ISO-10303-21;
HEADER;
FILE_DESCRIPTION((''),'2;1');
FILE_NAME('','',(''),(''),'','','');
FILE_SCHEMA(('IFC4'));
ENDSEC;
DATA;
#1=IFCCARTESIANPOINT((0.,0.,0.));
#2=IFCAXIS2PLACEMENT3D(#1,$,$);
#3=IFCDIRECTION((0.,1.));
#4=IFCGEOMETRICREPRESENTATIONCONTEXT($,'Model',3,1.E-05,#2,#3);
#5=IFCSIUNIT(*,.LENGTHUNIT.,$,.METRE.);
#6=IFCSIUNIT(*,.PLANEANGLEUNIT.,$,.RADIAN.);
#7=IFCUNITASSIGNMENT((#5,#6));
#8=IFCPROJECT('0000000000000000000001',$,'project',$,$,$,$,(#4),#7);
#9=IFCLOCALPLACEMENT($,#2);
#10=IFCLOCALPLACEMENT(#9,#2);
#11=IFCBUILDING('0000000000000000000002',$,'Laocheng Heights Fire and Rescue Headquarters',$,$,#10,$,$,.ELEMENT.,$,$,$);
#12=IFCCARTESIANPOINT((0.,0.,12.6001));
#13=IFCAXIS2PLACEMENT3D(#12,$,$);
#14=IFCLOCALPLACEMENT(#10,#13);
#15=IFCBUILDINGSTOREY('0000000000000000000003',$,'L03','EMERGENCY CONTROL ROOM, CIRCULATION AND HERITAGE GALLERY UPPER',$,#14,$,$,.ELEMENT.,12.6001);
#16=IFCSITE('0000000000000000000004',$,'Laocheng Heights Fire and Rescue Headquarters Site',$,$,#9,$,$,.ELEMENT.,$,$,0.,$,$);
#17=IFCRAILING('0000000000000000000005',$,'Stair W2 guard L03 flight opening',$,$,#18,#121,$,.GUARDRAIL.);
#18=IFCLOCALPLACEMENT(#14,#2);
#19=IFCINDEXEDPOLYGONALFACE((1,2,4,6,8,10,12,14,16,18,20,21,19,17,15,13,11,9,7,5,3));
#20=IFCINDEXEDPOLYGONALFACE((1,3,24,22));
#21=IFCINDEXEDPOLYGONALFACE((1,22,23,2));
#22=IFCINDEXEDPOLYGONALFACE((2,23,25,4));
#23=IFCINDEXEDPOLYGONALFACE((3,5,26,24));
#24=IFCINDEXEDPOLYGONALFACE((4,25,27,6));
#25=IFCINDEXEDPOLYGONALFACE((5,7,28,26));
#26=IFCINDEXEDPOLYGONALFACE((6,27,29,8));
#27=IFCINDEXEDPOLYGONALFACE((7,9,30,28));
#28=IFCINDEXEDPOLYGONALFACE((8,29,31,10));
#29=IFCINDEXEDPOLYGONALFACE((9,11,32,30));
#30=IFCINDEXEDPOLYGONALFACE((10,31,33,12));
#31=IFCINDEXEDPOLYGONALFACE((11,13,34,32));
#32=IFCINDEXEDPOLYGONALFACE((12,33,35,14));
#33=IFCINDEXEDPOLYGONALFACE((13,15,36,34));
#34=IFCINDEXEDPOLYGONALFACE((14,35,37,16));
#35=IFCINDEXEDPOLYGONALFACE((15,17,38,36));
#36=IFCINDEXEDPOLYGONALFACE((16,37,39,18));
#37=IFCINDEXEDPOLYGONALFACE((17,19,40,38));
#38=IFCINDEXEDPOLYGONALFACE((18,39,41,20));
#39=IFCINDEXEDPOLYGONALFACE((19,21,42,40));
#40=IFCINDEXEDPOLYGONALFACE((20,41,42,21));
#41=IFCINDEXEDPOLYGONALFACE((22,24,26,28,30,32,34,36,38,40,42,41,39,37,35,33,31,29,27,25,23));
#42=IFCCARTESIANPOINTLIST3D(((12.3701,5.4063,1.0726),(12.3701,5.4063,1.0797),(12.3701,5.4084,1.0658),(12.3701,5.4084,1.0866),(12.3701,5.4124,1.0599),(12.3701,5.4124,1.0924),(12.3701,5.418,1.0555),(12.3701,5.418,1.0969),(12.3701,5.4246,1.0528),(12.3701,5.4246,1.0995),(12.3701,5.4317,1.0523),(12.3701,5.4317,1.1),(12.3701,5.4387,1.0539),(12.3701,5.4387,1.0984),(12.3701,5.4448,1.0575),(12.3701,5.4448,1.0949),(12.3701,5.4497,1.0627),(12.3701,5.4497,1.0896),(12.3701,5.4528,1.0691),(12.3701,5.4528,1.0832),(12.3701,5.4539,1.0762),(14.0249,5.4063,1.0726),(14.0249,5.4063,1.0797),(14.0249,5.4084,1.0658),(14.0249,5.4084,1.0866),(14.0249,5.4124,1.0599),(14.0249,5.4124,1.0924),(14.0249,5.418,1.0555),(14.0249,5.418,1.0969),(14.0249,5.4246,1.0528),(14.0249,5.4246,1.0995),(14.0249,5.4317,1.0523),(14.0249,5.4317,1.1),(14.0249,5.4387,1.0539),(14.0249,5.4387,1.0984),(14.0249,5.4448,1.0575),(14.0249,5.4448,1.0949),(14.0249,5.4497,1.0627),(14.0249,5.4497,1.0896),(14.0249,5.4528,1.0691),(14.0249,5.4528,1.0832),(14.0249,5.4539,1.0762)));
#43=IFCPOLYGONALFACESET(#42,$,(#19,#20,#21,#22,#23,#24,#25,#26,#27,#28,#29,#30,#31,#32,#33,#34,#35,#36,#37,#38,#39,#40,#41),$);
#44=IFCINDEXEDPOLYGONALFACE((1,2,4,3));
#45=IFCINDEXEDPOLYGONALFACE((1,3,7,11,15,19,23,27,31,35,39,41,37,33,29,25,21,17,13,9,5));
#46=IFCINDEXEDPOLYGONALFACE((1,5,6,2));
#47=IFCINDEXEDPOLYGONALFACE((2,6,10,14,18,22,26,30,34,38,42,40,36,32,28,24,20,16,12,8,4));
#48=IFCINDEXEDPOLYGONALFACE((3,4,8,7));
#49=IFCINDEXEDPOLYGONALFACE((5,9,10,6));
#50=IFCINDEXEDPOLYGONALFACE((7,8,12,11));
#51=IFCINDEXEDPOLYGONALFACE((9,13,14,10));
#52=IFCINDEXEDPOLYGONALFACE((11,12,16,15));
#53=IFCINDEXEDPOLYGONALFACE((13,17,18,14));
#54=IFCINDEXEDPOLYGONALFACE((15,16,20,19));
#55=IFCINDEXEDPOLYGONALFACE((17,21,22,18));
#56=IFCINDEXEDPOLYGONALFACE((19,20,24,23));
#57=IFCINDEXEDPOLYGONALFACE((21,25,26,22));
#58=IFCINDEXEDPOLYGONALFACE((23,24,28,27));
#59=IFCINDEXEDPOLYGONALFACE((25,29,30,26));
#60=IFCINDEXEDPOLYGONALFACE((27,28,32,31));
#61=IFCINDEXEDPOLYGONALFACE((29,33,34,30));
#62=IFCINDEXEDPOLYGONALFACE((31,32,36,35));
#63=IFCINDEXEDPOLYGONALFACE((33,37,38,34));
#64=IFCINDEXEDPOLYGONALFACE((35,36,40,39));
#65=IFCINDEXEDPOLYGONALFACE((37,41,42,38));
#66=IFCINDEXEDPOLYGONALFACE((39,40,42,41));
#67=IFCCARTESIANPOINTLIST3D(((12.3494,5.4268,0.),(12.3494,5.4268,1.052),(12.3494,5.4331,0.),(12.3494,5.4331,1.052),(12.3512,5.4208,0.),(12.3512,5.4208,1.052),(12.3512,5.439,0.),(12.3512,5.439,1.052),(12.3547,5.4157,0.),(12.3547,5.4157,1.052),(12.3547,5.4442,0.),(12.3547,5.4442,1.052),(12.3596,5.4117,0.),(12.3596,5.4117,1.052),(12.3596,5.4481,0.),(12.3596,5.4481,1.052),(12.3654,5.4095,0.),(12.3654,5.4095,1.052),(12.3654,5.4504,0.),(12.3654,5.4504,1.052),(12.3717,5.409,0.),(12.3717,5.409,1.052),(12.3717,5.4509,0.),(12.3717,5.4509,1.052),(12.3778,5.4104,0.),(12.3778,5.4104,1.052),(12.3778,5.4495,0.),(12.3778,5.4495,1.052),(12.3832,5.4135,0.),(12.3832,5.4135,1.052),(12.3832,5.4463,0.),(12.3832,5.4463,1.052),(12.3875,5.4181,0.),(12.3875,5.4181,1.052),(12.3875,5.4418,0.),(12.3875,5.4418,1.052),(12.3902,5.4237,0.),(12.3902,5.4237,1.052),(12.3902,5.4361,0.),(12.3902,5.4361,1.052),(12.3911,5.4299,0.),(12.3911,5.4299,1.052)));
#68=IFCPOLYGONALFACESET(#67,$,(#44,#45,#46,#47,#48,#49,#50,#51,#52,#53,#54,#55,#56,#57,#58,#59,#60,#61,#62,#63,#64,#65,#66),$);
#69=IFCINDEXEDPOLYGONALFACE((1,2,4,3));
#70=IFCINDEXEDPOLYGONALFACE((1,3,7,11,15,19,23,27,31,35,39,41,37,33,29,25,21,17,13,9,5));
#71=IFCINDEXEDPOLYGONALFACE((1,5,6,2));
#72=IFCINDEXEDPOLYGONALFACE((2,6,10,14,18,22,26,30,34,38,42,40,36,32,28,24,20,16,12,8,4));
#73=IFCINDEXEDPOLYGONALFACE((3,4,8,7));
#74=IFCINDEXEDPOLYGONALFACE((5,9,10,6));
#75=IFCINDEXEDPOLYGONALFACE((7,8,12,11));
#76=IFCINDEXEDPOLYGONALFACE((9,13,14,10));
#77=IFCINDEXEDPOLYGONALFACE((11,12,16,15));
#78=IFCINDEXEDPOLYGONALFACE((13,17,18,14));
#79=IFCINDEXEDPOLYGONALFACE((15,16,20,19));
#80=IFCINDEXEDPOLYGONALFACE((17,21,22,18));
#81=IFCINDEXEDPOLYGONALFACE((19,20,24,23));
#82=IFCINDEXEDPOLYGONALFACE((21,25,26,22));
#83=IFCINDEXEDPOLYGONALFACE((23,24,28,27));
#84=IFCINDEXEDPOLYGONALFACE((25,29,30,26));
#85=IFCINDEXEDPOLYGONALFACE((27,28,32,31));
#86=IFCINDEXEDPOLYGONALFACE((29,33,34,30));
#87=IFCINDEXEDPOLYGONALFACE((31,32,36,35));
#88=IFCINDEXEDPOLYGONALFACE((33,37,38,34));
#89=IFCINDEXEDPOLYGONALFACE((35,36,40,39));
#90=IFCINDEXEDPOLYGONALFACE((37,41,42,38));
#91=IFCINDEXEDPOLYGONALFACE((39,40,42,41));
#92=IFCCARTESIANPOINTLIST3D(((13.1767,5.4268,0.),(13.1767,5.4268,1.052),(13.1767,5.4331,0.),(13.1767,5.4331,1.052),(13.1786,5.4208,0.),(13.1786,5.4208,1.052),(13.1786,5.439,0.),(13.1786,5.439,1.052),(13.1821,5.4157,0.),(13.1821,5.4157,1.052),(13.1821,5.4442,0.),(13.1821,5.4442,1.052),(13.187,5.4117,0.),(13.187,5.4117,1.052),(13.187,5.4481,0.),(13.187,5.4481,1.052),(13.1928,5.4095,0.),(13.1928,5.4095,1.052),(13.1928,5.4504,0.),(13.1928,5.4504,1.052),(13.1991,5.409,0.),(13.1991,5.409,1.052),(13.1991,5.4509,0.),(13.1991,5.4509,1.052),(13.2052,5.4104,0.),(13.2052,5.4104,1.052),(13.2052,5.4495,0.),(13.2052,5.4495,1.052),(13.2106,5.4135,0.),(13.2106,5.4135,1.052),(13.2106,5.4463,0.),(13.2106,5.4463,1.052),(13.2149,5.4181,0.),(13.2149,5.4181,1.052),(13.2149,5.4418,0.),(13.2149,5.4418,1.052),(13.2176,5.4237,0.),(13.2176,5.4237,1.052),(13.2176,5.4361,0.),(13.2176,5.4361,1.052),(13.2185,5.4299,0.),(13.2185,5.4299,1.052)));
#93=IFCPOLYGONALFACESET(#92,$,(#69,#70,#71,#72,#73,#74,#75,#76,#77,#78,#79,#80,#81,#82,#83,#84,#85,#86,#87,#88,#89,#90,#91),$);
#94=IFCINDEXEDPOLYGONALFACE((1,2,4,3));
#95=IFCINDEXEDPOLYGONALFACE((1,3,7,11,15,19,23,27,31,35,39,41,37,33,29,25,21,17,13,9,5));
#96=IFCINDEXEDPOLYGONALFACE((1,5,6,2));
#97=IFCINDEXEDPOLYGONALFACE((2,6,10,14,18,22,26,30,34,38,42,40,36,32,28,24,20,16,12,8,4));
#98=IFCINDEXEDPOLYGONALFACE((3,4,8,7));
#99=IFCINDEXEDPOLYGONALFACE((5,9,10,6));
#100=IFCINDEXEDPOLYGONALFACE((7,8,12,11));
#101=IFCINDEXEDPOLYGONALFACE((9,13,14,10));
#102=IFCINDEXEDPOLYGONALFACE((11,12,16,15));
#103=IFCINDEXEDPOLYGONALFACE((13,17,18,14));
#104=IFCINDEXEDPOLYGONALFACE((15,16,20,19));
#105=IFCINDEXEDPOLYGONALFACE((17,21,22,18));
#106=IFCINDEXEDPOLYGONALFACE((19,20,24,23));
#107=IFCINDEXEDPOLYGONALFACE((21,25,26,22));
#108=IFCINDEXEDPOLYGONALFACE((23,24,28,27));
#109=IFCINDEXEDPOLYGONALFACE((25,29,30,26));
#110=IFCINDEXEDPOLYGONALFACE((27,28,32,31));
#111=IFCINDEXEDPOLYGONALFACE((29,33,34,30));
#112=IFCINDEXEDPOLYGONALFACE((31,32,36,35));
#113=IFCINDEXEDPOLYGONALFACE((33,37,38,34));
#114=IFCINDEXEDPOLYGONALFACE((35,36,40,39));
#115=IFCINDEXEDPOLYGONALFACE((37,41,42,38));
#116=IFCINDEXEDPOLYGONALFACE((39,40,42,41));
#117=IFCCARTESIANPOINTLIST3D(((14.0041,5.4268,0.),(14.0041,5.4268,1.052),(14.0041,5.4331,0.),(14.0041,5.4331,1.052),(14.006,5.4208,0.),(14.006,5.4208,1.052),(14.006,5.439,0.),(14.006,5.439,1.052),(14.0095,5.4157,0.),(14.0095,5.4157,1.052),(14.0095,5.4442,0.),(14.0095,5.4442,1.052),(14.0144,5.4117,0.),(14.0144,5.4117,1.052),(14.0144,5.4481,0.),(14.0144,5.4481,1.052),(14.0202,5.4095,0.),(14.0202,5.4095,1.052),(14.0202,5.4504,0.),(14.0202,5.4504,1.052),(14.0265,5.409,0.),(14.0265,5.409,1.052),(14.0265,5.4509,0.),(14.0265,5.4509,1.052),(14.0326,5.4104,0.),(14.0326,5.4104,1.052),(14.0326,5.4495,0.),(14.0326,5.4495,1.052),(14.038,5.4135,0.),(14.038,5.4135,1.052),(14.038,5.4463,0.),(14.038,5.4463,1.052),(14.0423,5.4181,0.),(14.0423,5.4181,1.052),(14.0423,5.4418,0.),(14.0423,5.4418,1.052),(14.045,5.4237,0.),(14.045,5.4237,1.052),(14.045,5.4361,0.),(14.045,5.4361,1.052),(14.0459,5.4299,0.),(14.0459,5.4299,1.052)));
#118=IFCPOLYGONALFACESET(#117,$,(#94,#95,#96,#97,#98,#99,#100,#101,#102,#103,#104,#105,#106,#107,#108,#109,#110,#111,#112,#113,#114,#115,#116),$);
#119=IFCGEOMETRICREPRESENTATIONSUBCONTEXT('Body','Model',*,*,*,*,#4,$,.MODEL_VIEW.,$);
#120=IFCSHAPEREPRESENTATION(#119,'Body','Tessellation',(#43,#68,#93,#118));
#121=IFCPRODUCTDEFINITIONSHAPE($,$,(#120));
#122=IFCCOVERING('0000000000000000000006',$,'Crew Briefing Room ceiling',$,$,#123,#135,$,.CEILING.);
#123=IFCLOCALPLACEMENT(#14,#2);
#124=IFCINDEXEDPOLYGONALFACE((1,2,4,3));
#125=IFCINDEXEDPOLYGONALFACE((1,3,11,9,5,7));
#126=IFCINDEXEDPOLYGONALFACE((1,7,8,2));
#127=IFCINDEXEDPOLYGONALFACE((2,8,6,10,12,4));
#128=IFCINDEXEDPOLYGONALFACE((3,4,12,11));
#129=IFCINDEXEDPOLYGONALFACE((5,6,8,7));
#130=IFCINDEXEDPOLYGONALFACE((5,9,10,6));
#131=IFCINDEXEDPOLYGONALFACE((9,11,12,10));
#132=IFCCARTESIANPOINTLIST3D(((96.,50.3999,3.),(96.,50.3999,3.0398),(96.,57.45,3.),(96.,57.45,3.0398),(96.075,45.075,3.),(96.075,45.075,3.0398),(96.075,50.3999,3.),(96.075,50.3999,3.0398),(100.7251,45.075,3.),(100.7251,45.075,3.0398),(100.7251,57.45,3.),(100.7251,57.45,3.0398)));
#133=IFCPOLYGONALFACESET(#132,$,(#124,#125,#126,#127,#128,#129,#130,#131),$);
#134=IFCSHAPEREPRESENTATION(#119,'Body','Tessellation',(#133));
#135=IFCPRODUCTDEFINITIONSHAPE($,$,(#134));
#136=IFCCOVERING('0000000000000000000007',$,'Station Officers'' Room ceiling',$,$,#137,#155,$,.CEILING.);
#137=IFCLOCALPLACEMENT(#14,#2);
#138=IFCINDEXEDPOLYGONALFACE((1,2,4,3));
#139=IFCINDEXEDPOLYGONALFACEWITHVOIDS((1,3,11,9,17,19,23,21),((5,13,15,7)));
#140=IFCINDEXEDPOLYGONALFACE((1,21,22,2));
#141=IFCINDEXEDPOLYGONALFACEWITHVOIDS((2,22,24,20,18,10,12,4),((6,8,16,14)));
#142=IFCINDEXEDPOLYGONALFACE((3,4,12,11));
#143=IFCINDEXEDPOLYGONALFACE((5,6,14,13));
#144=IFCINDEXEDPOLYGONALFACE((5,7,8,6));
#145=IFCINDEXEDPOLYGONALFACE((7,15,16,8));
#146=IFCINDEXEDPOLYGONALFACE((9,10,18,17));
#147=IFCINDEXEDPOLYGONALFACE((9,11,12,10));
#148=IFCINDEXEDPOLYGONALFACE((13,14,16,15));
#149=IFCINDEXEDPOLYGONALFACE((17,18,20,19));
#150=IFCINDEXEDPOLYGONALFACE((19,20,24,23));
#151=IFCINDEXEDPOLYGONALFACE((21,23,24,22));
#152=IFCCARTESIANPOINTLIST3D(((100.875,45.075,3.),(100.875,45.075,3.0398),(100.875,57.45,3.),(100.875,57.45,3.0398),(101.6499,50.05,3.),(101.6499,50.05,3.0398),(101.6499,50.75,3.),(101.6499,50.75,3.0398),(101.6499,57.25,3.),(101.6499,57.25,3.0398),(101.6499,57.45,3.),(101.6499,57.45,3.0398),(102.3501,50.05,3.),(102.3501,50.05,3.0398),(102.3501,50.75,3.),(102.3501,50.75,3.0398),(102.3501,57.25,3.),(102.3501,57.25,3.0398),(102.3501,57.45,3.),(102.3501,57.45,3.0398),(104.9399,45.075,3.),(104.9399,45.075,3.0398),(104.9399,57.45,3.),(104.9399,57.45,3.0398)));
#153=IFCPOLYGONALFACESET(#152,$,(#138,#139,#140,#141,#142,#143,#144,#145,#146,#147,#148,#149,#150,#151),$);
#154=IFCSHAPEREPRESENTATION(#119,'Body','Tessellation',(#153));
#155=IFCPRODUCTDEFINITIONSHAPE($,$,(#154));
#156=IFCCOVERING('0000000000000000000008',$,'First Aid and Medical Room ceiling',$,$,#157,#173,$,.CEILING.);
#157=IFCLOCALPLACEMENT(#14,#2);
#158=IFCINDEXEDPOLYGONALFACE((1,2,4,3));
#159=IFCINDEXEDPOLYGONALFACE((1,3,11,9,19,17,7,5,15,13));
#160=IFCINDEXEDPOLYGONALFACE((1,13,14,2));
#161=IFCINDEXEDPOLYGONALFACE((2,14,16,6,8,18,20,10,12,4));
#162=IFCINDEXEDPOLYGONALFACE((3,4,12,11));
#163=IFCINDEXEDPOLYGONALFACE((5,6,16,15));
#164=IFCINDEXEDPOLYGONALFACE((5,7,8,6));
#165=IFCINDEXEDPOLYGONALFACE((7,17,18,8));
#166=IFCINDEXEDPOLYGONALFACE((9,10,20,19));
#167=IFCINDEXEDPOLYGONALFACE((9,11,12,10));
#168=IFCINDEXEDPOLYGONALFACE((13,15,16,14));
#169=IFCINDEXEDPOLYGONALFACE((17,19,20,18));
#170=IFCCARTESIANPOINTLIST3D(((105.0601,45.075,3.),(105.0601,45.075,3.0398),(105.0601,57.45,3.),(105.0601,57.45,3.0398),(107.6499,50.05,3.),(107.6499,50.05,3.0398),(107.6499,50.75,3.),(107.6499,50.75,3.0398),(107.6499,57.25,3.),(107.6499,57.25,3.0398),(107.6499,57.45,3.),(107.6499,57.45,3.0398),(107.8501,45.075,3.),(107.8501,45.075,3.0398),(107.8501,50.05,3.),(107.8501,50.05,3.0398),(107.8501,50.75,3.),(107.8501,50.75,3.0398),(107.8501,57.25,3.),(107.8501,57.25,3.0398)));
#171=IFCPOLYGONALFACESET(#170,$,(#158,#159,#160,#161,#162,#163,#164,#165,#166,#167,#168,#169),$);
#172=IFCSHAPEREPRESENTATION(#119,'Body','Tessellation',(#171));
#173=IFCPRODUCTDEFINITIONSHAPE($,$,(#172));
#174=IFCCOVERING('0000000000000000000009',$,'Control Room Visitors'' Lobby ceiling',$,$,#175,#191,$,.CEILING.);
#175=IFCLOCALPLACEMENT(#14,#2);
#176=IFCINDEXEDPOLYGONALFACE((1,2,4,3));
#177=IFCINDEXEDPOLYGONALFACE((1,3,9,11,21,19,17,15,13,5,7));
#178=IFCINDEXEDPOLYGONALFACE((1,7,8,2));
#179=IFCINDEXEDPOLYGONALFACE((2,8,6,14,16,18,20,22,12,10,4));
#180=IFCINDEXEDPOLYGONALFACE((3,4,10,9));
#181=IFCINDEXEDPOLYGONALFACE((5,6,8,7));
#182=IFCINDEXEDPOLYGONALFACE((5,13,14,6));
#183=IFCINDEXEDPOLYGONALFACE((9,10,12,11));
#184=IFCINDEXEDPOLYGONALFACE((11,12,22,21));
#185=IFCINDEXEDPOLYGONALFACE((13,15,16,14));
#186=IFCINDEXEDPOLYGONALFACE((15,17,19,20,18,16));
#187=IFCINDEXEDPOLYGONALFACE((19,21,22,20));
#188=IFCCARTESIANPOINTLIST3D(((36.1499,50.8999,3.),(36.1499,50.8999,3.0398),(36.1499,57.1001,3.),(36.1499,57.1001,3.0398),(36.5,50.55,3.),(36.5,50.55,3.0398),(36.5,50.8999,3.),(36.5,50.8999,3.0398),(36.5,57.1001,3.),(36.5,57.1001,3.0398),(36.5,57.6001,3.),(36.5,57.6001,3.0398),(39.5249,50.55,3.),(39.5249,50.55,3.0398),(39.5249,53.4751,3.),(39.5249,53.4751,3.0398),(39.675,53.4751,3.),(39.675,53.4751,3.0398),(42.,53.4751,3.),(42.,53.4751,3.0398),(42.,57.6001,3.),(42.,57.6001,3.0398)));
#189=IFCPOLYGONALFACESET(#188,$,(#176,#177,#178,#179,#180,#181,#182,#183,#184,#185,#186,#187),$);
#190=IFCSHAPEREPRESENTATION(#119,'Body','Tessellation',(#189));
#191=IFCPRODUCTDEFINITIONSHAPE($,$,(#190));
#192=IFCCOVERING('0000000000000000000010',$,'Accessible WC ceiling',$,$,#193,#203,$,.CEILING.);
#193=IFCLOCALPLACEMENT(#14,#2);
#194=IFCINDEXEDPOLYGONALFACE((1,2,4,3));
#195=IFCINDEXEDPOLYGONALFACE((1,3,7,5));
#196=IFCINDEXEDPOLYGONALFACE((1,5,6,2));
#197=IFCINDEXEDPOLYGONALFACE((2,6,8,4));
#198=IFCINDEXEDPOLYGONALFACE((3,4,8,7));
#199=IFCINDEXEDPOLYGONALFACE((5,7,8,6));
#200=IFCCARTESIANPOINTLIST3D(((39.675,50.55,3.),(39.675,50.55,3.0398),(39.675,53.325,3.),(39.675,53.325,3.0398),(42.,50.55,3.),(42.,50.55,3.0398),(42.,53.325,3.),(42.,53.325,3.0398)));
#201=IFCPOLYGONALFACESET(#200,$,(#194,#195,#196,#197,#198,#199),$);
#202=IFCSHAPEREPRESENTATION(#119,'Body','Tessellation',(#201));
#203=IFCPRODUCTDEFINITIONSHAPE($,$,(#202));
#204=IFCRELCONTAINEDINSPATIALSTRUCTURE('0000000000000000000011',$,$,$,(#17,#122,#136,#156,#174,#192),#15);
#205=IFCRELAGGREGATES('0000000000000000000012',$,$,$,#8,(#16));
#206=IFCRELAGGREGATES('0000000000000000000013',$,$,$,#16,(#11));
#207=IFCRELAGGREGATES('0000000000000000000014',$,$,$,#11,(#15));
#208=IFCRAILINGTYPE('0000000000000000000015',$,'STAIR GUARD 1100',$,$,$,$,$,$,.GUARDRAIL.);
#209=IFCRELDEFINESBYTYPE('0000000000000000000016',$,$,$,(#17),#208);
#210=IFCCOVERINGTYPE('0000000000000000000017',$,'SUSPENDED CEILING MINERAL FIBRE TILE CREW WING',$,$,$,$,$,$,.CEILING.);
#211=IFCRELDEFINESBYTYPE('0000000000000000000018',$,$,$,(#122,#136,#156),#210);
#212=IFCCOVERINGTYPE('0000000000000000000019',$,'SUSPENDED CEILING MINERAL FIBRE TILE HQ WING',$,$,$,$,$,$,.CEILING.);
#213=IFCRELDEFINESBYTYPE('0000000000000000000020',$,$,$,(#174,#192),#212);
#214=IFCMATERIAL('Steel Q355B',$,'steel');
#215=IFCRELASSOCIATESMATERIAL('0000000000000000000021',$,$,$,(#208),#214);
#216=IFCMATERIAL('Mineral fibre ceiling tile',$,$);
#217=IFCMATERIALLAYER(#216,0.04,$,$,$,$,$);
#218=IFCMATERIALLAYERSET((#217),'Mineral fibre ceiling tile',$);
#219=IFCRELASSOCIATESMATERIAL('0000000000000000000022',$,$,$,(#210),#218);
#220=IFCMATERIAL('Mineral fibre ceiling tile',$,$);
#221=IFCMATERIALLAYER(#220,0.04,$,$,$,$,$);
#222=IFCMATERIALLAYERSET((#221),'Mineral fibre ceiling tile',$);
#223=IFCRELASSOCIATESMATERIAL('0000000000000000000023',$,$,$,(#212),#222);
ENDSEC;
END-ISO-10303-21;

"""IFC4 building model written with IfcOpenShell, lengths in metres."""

from ifc_helpers import new_model, si_unit, direction, frame, origin, origin_2d, place, context, subcontext, project, spatial, polyline, circle, outline, extrude, material, layer, layer_set, type_object, element, save


model = new_model("IFC4")

# Units and contexts
model_context = context("Model", 3, precision=1e-05, world=origin(), true_north=direction((0.0, 1.0)))
body_context = subcontext(model_context, "Body", "Model", "MODEL_VIEW")
ifc_project = project(units=[si_unit("LENGTHUNIT", "METRE"), si_unit("PLANEANGLEUNIT", "RADIAN")], contexts=[model_context])

# Site, building, storey
site_placement = place(None, origin())
site = spatial("IfcSite", under=ifc_project, at=site_placement, Name="Laocheng Heights Fire and Rescue Headquarters Site", CompositionType="ELEMENT", RefElevation=0.0)
building_placement = place(site_placement, origin())
building = spatial("IfcBuilding", under=site, at=building_placement, Name="Laocheng Heights Fire and Rescue Headquarters", CompositionType="ELEMENT")
storey_placement = place(building_placement, frame((0.0, 0.0, 12.6001)))
storey = spatial("IfcBuildingStorey", under=building, at=storey_placement, Name="L03", Description="EMERGENCY CONTROL ROOM, CIRCULATION AND HERITAGE GALLERY UPPER", CompositionType="ELEMENT", Elevation=12.6001)

# Railing
ifc_material_1 = material(Name="Steel Q355B", Category="steel")
railing_type = type_object("IfcRailingType", Name="STAIR GUARD 1100", PredefinedType="GUARDRAIL", material=ifc_material_1)
railing_1_placement = place(storey_placement, frame((12.3701, 5.4299, 0.0)))
element("IfcRailing", 1, at=railing_1_placement, inside=storey, type_object=railing_type, Name="Stair W2 guard L03 flight opening", PredefinedType="GUARDRAIL", context=body_context, shape_type="SweptSolid", body=[
    extrude(circle(Radius=0.0239, at=origin_2d()), frame((0.0, 0.0, 1.0762), z_axis=(1.0, 0.0, 0.0), x_axis=(0.0, 1.0, 0.0)), (0.0, 0.0, 1.0), 1.6548),
    extrude(circle(Radius=0.021, at=origin_2d()), origin(), (0.0, 0.0, 1.0), 1.052),
    extrude(circle(Radius=0.021, at=origin_2d()), frame((0.8274, 0.0, 0.0)), (0.0, 0.0, 1.0), 1.052),
    extrude(circle(Radius=0.021, at=origin_2d()), frame((1.6548, 0.0, 0.0)), (0.0, 0.0, 1.0), 1.052),
])

# Coverings
ifc_material_2 = material(Name="Mineral fibre ceiling tile")
ifc_layer_1 = layer(ifc_material_2, 0.04)
ifc_layer_set_1 = layer_set([ifc_layer_1], Name="Mineral fibre ceiling tile")
covering_type_1 = type_object("IfcCoveringType", Name="SUSPENDED CEILING MINERAL FIBRE TILE CREW WING", PredefinedType="CEILING", material=ifc_layer_set_1)
covering_1_placement = place(storey_placement, frame((0.0, 0.0, 3.0)))
element("IfcCovering", 2, at=covering_1_placement, inside=storey, type_object=covering_type_1, Name="Crew Briefing Room ceiling", PredefinedType="CEILING", context=body_context, shape_type="SweptSolid", body=[
    extrude(outline(polyline([(100.7251, 57.45), (100.7251, 45.075), (96.075, 45.075), (96.075, 50.3999), (96.0, 50.3999), (96.0, 57.45), (100.7251, 57.45)])), origin(), (0.0, 0.0, 1.0), 0.0398),
])
covering_2_placement = place(storey_placement, frame((0.0, 0.0, 3.0)))
element("IfcCovering", 3, at=covering_2_placement, inside=storey, type_object=covering_type_1, Name="Station Officers' Room ceiling", PredefinedType="CEILING", context=body_context, shape_type="SweptSolid", body=[
    extrude(outline(polyline([(100.875, 57.45), (101.6499, 57.45), (101.6499, 57.25), (102.3501, 57.25), (102.3501, 57.45), (104.9399, 57.45), (104.9399, 45.075), (100.875, 45.075), (100.875, 57.45)]), holes=[polyline([(101.6499, 50.75), (101.6499, 50.05), (102.3501, 50.05), (102.3501, 50.75), (101.6499, 50.75)])]), origin(), (0.0, 0.0, 1.0), 0.0398),
])
covering_3_placement = place(storey_placement, frame((0.0, 0.0, 3.0)))
element("IfcCovering", 4, at=covering_3_placement, inside=storey, type_object=covering_type_1, Name="First Aid and Medical Room ceiling", PredefinedType="CEILING", context=body_context, shape_type="SweptSolid", body=[
    extrude(outline(polyline([(105.0601, 57.45), (107.6499, 57.45), (107.6499, 57.25), (107.8501, 57.25), (107.8501, 50.75), (107.6499, 50.75), (107.6499, 50.05), (107.8501, 50.05), (107.8501, 45.075), (105.0601, 45.075), (105.0601, 57.45)])), origin(), (0.0, 0.0, 1.0), 0.0398),
])
ifc_material_3 = material(Name="Mineral fibre ceiling tile")
ifc_layer_2 = layer(ifc_material_3, 0.04)
ifc_layer_set_2 = layer_set([ifc_layer_2], Name="Mineral fibre ceiling tile")
covering_type_2 = type_object("IfcCoveringType", Name="SUSPENDED CEILING MINERAL FIBRE TILE HQ WING", PredefinedType="CEILING", material=ifc_layer_set_2)
covering_4_placement = place(storey_placement, frame((0.0, 0.0, 3.0)))
element("IfcCovering", 5, at=covering_4_placement, inside=storey, type_object=covering_type_2, Name="Control Room Visitors' Lobby ceiling", PredefinedType="CEILING", context=body_context, shape_type="SweptSolid", body=[
    extrude(outline(polyline([(42.0, 53.4751), (39.675, 53.4751), (39.5249, 53.4751), (39.5249, 50.55), (36.5, 50.55), (36.5, 50.8999), (36.1499, 50.8999), (36.1499, 57.1001), (36.5, 57.1001), (36.5, 57.6001), (42.0, 57.6001), (42.0, 53.4751)])), origin(), (0.0, 0.0, 1.0), 0.0398),
])
covering_5_placement = place(storey_placement, frame((0.0, 0.0, 3.0)))
element("IfcCovering", 6, at=covering_5_placement, inside=storey, type_object=covering_type_2, Name="Accessible WC ceiling", PredefinedType="CEILING", context=body_context, shape_type="SweptSolid", body=[
    extrude(outline(polyline([(39.675, 50.55), (39.675, 53.325), (42.0, 53.325), (42.0, 50.55), (39.675, 50.55)])), origin(), (0.0, 0.0, 1.0), 0.0398),
])

save(model, "model.ifc")
